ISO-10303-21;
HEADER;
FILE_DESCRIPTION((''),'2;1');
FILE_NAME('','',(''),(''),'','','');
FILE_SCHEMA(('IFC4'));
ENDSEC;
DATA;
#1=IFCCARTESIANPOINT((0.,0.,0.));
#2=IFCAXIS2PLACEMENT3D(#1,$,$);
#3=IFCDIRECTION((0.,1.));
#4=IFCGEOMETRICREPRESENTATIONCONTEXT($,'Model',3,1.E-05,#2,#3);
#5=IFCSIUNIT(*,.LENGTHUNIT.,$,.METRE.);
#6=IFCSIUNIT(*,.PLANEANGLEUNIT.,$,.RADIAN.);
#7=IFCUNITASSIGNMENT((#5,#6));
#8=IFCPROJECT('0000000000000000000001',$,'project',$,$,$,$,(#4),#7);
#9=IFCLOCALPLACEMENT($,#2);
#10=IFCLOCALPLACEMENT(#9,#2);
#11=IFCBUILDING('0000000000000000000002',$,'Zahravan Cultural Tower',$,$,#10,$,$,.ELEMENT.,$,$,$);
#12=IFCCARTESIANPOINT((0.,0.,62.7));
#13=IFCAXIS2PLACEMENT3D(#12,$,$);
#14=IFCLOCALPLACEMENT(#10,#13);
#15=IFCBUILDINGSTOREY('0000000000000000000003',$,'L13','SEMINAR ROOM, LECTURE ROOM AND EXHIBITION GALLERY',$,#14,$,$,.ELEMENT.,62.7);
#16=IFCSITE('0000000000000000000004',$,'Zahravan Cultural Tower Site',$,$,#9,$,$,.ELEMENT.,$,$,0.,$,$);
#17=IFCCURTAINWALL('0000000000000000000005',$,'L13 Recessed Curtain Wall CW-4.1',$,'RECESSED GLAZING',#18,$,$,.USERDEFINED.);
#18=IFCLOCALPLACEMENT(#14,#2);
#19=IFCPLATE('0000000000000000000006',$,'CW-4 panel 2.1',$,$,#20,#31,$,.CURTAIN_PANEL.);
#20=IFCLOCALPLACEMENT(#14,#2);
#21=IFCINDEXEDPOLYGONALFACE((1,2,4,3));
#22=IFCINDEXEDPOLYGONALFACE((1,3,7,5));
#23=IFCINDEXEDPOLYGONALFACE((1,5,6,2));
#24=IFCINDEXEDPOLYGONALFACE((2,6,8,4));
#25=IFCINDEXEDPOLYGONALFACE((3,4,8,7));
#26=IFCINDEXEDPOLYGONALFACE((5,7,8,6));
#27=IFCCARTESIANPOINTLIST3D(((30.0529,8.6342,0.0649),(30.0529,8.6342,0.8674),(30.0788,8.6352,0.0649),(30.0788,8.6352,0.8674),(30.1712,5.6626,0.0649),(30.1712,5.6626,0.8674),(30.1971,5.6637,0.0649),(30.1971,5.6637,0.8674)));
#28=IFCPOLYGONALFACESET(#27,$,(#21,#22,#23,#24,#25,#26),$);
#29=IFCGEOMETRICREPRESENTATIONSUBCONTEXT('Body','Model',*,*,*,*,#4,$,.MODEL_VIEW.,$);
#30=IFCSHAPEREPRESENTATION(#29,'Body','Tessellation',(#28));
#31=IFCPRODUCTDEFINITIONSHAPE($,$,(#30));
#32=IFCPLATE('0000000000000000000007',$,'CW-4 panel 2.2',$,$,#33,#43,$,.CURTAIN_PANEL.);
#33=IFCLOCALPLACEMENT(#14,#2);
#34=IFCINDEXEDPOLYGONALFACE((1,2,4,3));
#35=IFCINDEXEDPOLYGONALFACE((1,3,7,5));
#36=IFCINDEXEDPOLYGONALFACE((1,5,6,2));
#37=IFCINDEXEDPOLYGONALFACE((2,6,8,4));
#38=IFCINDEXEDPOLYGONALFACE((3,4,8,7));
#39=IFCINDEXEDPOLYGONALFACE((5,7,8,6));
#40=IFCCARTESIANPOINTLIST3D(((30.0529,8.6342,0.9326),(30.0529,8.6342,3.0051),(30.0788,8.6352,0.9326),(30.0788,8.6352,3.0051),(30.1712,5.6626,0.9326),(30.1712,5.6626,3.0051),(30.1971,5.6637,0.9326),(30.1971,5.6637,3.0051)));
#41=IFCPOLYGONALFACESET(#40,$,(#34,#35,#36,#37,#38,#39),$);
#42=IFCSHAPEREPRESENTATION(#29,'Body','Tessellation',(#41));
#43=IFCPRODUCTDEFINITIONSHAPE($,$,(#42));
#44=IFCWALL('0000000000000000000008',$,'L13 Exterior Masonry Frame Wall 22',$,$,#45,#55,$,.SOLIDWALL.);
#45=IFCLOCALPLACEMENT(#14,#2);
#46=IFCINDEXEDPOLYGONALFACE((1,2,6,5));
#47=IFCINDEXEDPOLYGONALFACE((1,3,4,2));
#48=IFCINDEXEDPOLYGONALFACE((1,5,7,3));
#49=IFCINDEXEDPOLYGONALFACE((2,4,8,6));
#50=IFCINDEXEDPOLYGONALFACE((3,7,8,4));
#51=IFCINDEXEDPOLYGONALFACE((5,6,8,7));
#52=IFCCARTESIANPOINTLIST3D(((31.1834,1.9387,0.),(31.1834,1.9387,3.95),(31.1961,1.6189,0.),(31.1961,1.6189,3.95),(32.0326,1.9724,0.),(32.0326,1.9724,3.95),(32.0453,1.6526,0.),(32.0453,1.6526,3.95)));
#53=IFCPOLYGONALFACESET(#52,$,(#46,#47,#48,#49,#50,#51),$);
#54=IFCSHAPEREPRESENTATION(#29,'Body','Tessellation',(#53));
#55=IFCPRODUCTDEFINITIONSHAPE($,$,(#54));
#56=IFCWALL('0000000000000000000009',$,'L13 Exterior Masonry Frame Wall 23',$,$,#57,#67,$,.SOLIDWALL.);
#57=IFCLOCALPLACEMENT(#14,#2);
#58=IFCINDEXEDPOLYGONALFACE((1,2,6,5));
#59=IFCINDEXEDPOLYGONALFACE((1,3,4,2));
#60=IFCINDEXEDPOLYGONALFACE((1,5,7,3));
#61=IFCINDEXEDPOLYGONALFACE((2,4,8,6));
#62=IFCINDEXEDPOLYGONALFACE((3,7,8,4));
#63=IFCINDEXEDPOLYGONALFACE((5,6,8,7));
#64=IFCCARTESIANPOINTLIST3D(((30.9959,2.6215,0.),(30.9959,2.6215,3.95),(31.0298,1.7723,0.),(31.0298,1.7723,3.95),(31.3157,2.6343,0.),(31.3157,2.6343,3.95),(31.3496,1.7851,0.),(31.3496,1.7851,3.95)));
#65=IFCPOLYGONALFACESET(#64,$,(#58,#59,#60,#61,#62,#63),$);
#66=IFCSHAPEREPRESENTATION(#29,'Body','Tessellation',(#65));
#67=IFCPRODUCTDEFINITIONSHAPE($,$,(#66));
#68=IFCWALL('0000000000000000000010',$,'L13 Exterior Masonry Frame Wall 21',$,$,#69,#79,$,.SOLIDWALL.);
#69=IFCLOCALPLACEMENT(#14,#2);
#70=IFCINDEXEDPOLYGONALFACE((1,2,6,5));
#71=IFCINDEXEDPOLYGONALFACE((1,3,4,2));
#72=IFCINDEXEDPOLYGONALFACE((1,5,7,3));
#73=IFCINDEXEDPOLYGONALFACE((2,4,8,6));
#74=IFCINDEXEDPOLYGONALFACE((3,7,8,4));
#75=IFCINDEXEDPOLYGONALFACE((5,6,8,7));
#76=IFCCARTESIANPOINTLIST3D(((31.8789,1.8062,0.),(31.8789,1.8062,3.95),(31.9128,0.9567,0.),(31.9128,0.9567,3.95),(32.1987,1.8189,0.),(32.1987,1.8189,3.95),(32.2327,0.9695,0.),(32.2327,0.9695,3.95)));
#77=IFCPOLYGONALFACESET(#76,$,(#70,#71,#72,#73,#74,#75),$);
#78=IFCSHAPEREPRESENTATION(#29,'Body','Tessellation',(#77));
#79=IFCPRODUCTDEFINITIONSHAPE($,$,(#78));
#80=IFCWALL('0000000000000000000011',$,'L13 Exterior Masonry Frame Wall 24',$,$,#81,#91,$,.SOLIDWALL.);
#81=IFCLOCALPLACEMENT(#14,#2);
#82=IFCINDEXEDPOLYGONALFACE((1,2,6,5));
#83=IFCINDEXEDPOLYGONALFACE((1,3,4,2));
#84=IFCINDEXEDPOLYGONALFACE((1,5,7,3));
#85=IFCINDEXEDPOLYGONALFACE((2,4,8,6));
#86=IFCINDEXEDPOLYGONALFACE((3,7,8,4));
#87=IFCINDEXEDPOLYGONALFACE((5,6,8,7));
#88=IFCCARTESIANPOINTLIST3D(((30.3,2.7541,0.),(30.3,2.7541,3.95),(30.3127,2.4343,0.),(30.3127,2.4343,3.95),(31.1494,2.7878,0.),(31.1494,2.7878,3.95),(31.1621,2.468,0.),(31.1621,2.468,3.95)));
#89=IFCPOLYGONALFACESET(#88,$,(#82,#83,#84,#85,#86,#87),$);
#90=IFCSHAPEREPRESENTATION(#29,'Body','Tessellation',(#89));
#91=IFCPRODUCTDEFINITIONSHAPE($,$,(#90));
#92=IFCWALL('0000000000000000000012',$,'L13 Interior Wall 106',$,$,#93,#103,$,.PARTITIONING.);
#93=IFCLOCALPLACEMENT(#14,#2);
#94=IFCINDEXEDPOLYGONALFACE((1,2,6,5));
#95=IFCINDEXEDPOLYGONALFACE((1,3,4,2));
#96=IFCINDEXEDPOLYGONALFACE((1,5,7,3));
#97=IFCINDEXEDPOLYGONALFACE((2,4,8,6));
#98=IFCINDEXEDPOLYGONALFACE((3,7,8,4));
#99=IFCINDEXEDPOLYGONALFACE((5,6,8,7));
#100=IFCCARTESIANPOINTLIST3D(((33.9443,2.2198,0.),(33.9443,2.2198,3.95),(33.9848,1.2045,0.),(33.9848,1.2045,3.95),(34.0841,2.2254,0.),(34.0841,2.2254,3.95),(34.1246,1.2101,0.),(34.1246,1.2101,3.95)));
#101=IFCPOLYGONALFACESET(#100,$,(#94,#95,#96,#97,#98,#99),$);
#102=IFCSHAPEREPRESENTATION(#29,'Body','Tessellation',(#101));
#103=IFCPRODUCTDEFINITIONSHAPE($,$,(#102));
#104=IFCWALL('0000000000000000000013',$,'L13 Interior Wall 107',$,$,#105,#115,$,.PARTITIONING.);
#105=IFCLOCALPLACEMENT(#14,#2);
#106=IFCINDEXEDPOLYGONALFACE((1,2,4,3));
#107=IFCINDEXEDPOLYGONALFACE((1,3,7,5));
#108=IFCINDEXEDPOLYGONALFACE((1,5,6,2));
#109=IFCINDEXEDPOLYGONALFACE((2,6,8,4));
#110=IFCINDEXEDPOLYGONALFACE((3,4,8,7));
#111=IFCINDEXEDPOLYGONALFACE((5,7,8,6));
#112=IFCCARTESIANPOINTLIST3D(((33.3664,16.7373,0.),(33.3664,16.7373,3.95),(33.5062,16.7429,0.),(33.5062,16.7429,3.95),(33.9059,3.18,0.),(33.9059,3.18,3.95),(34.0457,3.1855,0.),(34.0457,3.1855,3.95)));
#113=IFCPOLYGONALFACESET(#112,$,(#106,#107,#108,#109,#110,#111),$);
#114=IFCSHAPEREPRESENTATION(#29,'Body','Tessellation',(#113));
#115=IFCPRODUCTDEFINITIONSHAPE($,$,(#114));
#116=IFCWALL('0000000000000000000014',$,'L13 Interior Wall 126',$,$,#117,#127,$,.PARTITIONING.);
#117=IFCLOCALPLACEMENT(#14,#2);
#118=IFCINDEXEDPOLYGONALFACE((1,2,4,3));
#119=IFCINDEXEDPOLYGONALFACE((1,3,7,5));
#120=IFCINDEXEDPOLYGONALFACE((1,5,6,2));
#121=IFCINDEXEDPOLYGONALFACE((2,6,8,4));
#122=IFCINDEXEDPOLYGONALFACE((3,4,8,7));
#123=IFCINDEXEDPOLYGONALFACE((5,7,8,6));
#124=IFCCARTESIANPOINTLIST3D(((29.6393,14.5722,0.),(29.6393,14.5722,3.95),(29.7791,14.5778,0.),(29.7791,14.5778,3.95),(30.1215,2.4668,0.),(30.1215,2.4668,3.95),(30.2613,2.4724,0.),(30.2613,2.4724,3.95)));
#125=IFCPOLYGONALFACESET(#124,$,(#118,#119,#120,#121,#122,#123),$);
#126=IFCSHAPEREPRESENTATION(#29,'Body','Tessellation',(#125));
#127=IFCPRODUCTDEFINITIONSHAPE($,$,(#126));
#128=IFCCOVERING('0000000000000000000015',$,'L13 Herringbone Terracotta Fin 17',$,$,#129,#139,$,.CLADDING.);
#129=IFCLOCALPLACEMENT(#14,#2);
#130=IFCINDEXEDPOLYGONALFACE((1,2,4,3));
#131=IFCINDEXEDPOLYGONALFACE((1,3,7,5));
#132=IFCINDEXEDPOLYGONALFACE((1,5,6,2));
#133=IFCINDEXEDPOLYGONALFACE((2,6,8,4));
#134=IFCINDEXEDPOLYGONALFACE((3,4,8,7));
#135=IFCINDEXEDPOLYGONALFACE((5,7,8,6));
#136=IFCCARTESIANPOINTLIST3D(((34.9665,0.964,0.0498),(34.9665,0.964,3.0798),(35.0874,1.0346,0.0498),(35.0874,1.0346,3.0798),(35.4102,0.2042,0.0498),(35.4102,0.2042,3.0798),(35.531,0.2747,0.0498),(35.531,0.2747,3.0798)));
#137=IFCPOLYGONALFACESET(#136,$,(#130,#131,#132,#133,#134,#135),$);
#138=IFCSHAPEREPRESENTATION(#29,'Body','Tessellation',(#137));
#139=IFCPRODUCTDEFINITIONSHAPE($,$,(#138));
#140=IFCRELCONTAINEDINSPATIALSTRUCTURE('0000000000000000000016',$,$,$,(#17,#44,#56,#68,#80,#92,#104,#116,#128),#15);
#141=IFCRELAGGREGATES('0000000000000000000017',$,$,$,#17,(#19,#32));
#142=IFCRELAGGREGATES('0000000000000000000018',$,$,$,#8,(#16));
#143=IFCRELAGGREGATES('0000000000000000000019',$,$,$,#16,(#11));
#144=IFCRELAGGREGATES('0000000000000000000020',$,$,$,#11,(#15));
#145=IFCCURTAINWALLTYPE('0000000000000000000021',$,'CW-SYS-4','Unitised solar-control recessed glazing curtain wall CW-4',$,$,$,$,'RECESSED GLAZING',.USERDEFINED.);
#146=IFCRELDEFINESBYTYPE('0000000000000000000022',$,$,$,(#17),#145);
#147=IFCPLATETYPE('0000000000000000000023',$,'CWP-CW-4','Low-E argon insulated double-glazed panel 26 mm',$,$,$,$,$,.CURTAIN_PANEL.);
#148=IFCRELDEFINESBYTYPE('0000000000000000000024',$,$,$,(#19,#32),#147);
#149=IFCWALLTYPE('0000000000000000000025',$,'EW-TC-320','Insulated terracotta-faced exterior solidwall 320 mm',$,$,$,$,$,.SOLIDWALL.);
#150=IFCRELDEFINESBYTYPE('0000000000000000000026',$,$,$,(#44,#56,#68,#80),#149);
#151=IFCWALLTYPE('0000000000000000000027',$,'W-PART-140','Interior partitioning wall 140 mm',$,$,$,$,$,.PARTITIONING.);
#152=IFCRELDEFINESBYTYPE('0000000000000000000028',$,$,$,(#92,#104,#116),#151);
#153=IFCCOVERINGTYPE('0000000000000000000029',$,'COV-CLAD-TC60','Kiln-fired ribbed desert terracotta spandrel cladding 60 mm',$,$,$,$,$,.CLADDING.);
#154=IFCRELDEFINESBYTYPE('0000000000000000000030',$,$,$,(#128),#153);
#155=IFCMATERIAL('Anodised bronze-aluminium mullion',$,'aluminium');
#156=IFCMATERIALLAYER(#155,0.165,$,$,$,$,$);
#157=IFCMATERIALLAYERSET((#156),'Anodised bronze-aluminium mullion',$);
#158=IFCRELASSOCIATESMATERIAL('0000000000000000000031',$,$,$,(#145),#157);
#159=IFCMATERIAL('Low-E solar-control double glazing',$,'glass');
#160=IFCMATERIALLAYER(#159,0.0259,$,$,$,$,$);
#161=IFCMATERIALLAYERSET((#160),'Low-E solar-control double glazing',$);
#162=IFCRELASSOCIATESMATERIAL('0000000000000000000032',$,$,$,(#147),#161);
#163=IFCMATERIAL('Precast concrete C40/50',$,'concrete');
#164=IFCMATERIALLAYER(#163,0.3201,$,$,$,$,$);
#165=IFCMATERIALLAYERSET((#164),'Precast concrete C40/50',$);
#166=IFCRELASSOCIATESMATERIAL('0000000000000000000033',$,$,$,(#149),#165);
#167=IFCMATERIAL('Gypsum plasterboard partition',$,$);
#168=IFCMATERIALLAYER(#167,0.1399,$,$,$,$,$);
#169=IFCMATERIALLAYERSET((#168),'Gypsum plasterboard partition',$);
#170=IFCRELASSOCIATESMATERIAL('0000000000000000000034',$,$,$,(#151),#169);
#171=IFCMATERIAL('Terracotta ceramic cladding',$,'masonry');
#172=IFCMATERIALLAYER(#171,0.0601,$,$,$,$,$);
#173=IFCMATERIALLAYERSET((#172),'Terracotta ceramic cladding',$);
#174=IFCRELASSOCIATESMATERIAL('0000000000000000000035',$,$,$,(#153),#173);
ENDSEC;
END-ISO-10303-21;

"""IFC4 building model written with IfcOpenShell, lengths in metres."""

from ifc_helpers import new_model, si_unit, direction, frame, frame_2d, origin, origin_2d, place, context, subcontext, project, spatial, rectangle, extrude, source, transform, mapped, material, layer, layer_set, type_object, element, aggregate, save


model = new_model("IFC4")

# Units and contexts
model_context = context("Model", 3, precision=1e-05, world=origin(), true_north=direction((0.0, 1.0)))
body_context = subcontext(model_context, "Body", "Model", "MODEL_VIEW")
ifc_project = project(units=[si_unit("LENGTHUNIT", "METRE"), si_unit("PLANEANGLEUNIT", "RADIAN")], contexts=[model_context])

# Site, building, storey
site_placement = place(None, origin())
site = spatial("IfcSite", under=ifc_project, at=site_placement, Name="Zahravan Cultural Tower Site", CompositionType="ELEMENT", RefElevation=0.0)
building_placement = place(site_placement, origin())
building = spatial("IfcBuilding", under=site, at=building_placement, Name="Zahravan Cultural Tower", CompositionType="ELEMENT")
storey_placement = place(building_placement, frame((0.0, 0.0, 62.7)))
storey = spatial("IfcBuildingStorey", under=building, at=storey_placement, Name="L13", Description="SEMINAR ROOM, LECTURE ROOM AND EXHIBITION GALLERY", CompositionType="ELEMENT", Elevation=62.7)

# Curtain wall, plates
ifc_material_1 = material(Name="Anodised bronze-aluminium mullion", Category="aluminium")
ifc_layer_1 = layer(ifc_material_1, 0.165)
ifc_layer_set_1 = layer_set([ifc_layer_1], Name="Anodised bronze-aluminium mullion")
curtain_wall_type = type_object("IfcCurtainWallType", Name="CW-SYS-4", Description="Unitised solar-control recessed glazing curtain wall CW-4", ElementType="RECESSED GLAZING", PredefinedType="USERDEFINED", material=ifc_layer_set_1)
curtain_wall_placement = place(storey_placement, origin())
curtain_wall = element("IfcCurtainWall", 1, at=curtain_wall_placement, inside=storey, type_object=curtain_wall_type, Name="L13 Recessed Curtain Wall CW-4.1", ObjectType="RECESSED GLAZING", PredefinedType="USERDEFINED")
ifc_material_2 = material(Name="Low-E solar-control double glazing", Category="glass")
ifc_layer_2 = layer(ifc_material_2, 0.0259)
ifc_layer_set_2 = layer_set([ifc_layer_2], Name="Low-E solar-control double glazing")
plate_type = type_object("IfcPlateType", Name="CWP-CW-4", Description="Low-E argon insulated double-glazed panel 26 mm", PredefinedType="CURTAIN_PANEL", material=ifc_layer_set_2)
shared_shape_1 = source(origin(), body_context, "Body", "SweptSolid", [
    extrude(rectangle(XDim=2.9739, YDim=0.0259, at=origin_2d()), origin(), (0.0, 0.0, 1.0), 0.8025),
])
plate_1_placement = place(storey_placement, frame((30.125, 7.1489, 0.0649), z_axis=(0.0, 0.0, 1.0), x_axis=(-0.039785, 0.999208, 0.0)))
plate_1 = element("IfcPlate", 2, at=plate_1_placement, type_object=plate_type, Name="CW-4 panel 2.1", PredefinedType="CURTAIN_PANEL", context=body_context, shape_type="MappedRepresentation", body=[
    mapped(shared_shape_1, transform((0.0, 0.0, 0.0), x_axis=(1.0, 0.0, 0.0), y_axis=(0.0, 1.0, 0.0), z_axis=(0.0, 0.0, 1.0), scale=1.0)),
])
shared_shape_2 = source(origin(), body_context, "Body", "SweptSolid", [
    extrude(rectangle(XDim=2.9739, YDim=0.0259, at=origin_2d()), origin(), (0.0, 0.0, 1.0), 2.0725),
])
plate_2_placement = place(storey_placement, frame((30.125, 7.1489, 0.9326), z_axis=(0.0, 0.0, 1.0), x_axis=(-0.039785, 0.999208, 0.0)))
plate_2 = element("IfcPlate", 3, at=plate_2_placement, type_object=plate_type, Name="CW-4 panel 2.2", PredefinedType="CURTAIN_PANEL", context=body_context, shape_type="MappedRepresentation", body=[
    mapped(shared_shape_2, transform((0.0, 0.0, 0.0), x_axis=(1.0, 0.0, 0.0), y_axis=(0.0, 1.0, 0.0), z_axis=(0.0, 0.0, 1.0), scale=1.0)),
])
aggregate(curtain_wall, [plate_1, plate_2])

# Walls
ifc_material_3 = material(Name="Precast concrete C40/50", Category="concrete")
ifc_layer_3 = layer(ifc_material_3, 0.3201)
ifc_layer_set_3 = layer_set([ifc_layer_3], Name="Precast concrete C40/50")
wall_type_1 = type_object("IfcWallType", Name="EW-TC-320", Description="Insulated terracotta-faced exterior solidwall 320 mm", PredefinedType="SOLIDWALL", material=ifc_layer_set_3)
shared_shape_3 = source(origin(), body_context, "Body", "SweptSolid", [
    extrude(rectangle(XDim=0.8499, YDim=0.3201, at=frame_2d((0.4248, 0.0))), origin(), (0.0, 0.0, 1.0), 3.95),
])
for number, where, z_axis, x_axis, name in (
    (4, (32.0388, 1.8125, 0.0), (0.0, 0.0, 1.0), (-0.999214, -0.039647, 0.0), "L13 Exterior Masonry Frame Wall 22"),
    (5, (31.1897, 1.7788, 0.0), (0.0, 0.0, 1.0), (-0.039934, 0.999202, 0.0), "L13 Exterior Masonry Frame Wall 23"),
):
    element("IfcWall", number, at=place(storey_placement, frame(where, z_axis=z_axis, x_axis=x_axis)), inside=storey, type_object=wall_type_1, Name=name, PredefinedType="SOLIDWALL", context=body_context, shape_type="MappedRepresentation", body=[
        mapped(shared_shape_3, transform((0.0, 0.0, 0.0), x_axis=(1.0, 0.0, 0.0), y_axis=(0.0, 1.0, 0.0), z_axis=(0.0, 0.0, 1.0), scale=1.0)),
    ])
shared_shape_4 = source(origin(), body_context, "Body", "SweptSolid", [
    extrude(rectangle(XDim=0.8501, YDim=0.3201, at=frame_2d((0.425, 0.0))), origin(), (0.0, 0.0, 1.0), 3.95),
])
for number, where, z_axis, x_axis, name in (
    (6, (32.0728, 0.9631, 0.0), (0.0, 0.0, 1.0), (-0.039922, 0.999203, 0.0), "L13 Exterior Masonry Frame Wall 21"),
    (7, (31.1558, 2.6279, 0.0), (0.0, 0.0, 1.0), (-0.999214, -0.039635, 0.0), "L13 Exterior Masonry Frame Wall 24"),
):
    element("IfcWall", number, at=place(storey_placement, frame(where, z_axis=z_axis, x_axis=x_axis)), inside=storey, type_object=wall_type_1, Name=name, PredefinedType="SOLIDWALL", context=body_context, shape_type="MappedRepresentation", body=[
        mapped(shared_shape_4, transform((0.0, 0.0, 0.0), x_axis=(1.0, 0.0, 0.0), y_axis=(0.0, 1.0, 0.0), z_axis=(0.0, 0.0, 1.0), scale=1.0)),
    ])
ifc_material_4 = material(Name="Gypsum plasterboard partition")
ifc_layer_4 = layer(ifc_material_4, 0.1399)
ifc_layer_set_4 = layer_set([ifc_layer_4], Name="Gypsum plasterboard partition")
wall_type_2 = type_object("IfcWallType", Name="W-PART-140", Description="Interior partitioning wall 140 mm", PredefinedType="PARTITIONING", material=ifc_layer_set_4)
shared_shape_5 = source(origin(), body_context, "Body", "SweptSolid", [
    extrude(rectangle(XDim=1.0161, YDim=0.1399, at=frame_2d((0.5081, 0.0))), origin(), (0.0, 0.0, 1.0), 3.95),
])
wall_1_placement = place(storey_placement, frame((34.0547, 1.2073, 0.0), z_axis=(0.0, 0.0, 1.0), x_axis=(-0.039882, 0.999204, 0.0)))
element("IfcWall", 8, at=wall_1_placement, inside=storey, type_object=wall_type_2, Name="L13 Interior Wall 106", PredefinedType="PARTITIONING", context=body_context, shape_type="MappedRepresentation", body=[
    mapped(shared_shape_5, transform((0.0, 0.0, 0.0), x_axis=(1.0, 0.0, 0.0), y_axis=(0.0, 1.0, 0.0), z_axis=(0.0, 0.0, 1.0), scale=1.0)),
])
shared_shape_6 = source(origin(), body_context, "Body", "SweptSolid", [
    extrude(rectangle(XDim=13.5681, YDim=0.1399, at=frame_2d((6.7842, 0.0))), origin(), (0.0, 0.0, 1.0), 3.95),
])
wall_2_placement = place(storey_placement, frame((33.9758, 3.1826, 0.0), z_axis=(0.0, 0.0, 1.0), x_axis=(-0.039766, 0.999209, 0.0)))
element("IfcWall", 9, at=wall_2_placement, inside=storey, type_object=wall_type_2, Name="L13 Interior Wall 107", PredefinedType="PARTITIONING", context=body_context, shape_type="MappedRepresentation", body=[
    mapped(shared_shape_6, transform((0.0, 0.0, 0.0), x_axis=(1.0, 0.0, 0.0), y_axis=(0.0, 1.0, 0.0), z_axis=(0.0, 0.0, 1.0), scale=1.0)),
])
shared_shape_7 = source(origin(), body_context, "Body", "SweptSolid", [
    extrude(rectangle(XDim=12.115, YDim=0.1399, at=frame_2d((6.0576, 0.0))), origin(), (0.0, 0.0, 1.0), 3.95),
])
wall_3_placement = place(storey_placement, frame((30.1914, 2.4695, 0.0), z_axis=(0.0, 0.0, 1.0), x_axis=(-0.0398, 0.999208, 0.0)))
element("IfcWall", 10, at=wall_3_placement, inside=storey, type_object=wall_type_2, Name="L13 Interior Wall 126", PredefinedType="PARTITIONING", context=body_context, shape_type="MappedRepresentation", body=[
    mapped(shared_shape_7, transform((0.0, 0.0, 0.0), x_axis=(1.0, 0.0, 0.0), y_axis=(0.0, 1.0, 0.0), z_axis=(0.0, 0.0, 1.0), scale=1.0)),
])

# Covering
ifc_material_5 = material(Name="Terracotta ceramic cladding", Category="masonry")
ifc_layer_5 = layer(ifc_material_5, 0.0601)
ifc_layer_set_5 = layer_set([ifc_layer_5], Name="Terracotta ceramic cladding")
covering_type = type_object("IfcCoveringType", Name="COV-CLAD-TC60", Description="Kiln-fired ribbed desert terracotta spandrel cladding 60 mm", PredefinedType="CLADDING", material=ifc_layer_set_5)
shared_shape_8 = source(origin(), body_context, "Body", "SweptSolid", [
    extrude(rectangle(XDim=0.8799, YDim=0.1399, at=origin_2d()), origin(), (0.0, 0.0, 1.0), 3.03),
])
covering_placement = place(storey_placement, frame((35.2488, 0.6194, 0.0498), z_axis=(0.0, 0.0, 1.0), x_axis=(0.504226, -0.863572, 0.0)))
element("IfcCovering", 11, at=covering_placement, inside=storey, type_object=covering_type, Name="L13 Herringbone Terracotta Fin 17", PredefinedType="CLADDING", context=body_context, shape_type="MappedRepresentation", body=[
    mapped(shared_shape_8, transform((0.0, 0.0, 0.0), x_axis=(1.0, 0.0, 0.0), y_axis=(0.0, 1.0, 0.0), z_axis=(0.0, 0.0, 1.0), scale=1.0)),
])

save(model, "model.ifc")
